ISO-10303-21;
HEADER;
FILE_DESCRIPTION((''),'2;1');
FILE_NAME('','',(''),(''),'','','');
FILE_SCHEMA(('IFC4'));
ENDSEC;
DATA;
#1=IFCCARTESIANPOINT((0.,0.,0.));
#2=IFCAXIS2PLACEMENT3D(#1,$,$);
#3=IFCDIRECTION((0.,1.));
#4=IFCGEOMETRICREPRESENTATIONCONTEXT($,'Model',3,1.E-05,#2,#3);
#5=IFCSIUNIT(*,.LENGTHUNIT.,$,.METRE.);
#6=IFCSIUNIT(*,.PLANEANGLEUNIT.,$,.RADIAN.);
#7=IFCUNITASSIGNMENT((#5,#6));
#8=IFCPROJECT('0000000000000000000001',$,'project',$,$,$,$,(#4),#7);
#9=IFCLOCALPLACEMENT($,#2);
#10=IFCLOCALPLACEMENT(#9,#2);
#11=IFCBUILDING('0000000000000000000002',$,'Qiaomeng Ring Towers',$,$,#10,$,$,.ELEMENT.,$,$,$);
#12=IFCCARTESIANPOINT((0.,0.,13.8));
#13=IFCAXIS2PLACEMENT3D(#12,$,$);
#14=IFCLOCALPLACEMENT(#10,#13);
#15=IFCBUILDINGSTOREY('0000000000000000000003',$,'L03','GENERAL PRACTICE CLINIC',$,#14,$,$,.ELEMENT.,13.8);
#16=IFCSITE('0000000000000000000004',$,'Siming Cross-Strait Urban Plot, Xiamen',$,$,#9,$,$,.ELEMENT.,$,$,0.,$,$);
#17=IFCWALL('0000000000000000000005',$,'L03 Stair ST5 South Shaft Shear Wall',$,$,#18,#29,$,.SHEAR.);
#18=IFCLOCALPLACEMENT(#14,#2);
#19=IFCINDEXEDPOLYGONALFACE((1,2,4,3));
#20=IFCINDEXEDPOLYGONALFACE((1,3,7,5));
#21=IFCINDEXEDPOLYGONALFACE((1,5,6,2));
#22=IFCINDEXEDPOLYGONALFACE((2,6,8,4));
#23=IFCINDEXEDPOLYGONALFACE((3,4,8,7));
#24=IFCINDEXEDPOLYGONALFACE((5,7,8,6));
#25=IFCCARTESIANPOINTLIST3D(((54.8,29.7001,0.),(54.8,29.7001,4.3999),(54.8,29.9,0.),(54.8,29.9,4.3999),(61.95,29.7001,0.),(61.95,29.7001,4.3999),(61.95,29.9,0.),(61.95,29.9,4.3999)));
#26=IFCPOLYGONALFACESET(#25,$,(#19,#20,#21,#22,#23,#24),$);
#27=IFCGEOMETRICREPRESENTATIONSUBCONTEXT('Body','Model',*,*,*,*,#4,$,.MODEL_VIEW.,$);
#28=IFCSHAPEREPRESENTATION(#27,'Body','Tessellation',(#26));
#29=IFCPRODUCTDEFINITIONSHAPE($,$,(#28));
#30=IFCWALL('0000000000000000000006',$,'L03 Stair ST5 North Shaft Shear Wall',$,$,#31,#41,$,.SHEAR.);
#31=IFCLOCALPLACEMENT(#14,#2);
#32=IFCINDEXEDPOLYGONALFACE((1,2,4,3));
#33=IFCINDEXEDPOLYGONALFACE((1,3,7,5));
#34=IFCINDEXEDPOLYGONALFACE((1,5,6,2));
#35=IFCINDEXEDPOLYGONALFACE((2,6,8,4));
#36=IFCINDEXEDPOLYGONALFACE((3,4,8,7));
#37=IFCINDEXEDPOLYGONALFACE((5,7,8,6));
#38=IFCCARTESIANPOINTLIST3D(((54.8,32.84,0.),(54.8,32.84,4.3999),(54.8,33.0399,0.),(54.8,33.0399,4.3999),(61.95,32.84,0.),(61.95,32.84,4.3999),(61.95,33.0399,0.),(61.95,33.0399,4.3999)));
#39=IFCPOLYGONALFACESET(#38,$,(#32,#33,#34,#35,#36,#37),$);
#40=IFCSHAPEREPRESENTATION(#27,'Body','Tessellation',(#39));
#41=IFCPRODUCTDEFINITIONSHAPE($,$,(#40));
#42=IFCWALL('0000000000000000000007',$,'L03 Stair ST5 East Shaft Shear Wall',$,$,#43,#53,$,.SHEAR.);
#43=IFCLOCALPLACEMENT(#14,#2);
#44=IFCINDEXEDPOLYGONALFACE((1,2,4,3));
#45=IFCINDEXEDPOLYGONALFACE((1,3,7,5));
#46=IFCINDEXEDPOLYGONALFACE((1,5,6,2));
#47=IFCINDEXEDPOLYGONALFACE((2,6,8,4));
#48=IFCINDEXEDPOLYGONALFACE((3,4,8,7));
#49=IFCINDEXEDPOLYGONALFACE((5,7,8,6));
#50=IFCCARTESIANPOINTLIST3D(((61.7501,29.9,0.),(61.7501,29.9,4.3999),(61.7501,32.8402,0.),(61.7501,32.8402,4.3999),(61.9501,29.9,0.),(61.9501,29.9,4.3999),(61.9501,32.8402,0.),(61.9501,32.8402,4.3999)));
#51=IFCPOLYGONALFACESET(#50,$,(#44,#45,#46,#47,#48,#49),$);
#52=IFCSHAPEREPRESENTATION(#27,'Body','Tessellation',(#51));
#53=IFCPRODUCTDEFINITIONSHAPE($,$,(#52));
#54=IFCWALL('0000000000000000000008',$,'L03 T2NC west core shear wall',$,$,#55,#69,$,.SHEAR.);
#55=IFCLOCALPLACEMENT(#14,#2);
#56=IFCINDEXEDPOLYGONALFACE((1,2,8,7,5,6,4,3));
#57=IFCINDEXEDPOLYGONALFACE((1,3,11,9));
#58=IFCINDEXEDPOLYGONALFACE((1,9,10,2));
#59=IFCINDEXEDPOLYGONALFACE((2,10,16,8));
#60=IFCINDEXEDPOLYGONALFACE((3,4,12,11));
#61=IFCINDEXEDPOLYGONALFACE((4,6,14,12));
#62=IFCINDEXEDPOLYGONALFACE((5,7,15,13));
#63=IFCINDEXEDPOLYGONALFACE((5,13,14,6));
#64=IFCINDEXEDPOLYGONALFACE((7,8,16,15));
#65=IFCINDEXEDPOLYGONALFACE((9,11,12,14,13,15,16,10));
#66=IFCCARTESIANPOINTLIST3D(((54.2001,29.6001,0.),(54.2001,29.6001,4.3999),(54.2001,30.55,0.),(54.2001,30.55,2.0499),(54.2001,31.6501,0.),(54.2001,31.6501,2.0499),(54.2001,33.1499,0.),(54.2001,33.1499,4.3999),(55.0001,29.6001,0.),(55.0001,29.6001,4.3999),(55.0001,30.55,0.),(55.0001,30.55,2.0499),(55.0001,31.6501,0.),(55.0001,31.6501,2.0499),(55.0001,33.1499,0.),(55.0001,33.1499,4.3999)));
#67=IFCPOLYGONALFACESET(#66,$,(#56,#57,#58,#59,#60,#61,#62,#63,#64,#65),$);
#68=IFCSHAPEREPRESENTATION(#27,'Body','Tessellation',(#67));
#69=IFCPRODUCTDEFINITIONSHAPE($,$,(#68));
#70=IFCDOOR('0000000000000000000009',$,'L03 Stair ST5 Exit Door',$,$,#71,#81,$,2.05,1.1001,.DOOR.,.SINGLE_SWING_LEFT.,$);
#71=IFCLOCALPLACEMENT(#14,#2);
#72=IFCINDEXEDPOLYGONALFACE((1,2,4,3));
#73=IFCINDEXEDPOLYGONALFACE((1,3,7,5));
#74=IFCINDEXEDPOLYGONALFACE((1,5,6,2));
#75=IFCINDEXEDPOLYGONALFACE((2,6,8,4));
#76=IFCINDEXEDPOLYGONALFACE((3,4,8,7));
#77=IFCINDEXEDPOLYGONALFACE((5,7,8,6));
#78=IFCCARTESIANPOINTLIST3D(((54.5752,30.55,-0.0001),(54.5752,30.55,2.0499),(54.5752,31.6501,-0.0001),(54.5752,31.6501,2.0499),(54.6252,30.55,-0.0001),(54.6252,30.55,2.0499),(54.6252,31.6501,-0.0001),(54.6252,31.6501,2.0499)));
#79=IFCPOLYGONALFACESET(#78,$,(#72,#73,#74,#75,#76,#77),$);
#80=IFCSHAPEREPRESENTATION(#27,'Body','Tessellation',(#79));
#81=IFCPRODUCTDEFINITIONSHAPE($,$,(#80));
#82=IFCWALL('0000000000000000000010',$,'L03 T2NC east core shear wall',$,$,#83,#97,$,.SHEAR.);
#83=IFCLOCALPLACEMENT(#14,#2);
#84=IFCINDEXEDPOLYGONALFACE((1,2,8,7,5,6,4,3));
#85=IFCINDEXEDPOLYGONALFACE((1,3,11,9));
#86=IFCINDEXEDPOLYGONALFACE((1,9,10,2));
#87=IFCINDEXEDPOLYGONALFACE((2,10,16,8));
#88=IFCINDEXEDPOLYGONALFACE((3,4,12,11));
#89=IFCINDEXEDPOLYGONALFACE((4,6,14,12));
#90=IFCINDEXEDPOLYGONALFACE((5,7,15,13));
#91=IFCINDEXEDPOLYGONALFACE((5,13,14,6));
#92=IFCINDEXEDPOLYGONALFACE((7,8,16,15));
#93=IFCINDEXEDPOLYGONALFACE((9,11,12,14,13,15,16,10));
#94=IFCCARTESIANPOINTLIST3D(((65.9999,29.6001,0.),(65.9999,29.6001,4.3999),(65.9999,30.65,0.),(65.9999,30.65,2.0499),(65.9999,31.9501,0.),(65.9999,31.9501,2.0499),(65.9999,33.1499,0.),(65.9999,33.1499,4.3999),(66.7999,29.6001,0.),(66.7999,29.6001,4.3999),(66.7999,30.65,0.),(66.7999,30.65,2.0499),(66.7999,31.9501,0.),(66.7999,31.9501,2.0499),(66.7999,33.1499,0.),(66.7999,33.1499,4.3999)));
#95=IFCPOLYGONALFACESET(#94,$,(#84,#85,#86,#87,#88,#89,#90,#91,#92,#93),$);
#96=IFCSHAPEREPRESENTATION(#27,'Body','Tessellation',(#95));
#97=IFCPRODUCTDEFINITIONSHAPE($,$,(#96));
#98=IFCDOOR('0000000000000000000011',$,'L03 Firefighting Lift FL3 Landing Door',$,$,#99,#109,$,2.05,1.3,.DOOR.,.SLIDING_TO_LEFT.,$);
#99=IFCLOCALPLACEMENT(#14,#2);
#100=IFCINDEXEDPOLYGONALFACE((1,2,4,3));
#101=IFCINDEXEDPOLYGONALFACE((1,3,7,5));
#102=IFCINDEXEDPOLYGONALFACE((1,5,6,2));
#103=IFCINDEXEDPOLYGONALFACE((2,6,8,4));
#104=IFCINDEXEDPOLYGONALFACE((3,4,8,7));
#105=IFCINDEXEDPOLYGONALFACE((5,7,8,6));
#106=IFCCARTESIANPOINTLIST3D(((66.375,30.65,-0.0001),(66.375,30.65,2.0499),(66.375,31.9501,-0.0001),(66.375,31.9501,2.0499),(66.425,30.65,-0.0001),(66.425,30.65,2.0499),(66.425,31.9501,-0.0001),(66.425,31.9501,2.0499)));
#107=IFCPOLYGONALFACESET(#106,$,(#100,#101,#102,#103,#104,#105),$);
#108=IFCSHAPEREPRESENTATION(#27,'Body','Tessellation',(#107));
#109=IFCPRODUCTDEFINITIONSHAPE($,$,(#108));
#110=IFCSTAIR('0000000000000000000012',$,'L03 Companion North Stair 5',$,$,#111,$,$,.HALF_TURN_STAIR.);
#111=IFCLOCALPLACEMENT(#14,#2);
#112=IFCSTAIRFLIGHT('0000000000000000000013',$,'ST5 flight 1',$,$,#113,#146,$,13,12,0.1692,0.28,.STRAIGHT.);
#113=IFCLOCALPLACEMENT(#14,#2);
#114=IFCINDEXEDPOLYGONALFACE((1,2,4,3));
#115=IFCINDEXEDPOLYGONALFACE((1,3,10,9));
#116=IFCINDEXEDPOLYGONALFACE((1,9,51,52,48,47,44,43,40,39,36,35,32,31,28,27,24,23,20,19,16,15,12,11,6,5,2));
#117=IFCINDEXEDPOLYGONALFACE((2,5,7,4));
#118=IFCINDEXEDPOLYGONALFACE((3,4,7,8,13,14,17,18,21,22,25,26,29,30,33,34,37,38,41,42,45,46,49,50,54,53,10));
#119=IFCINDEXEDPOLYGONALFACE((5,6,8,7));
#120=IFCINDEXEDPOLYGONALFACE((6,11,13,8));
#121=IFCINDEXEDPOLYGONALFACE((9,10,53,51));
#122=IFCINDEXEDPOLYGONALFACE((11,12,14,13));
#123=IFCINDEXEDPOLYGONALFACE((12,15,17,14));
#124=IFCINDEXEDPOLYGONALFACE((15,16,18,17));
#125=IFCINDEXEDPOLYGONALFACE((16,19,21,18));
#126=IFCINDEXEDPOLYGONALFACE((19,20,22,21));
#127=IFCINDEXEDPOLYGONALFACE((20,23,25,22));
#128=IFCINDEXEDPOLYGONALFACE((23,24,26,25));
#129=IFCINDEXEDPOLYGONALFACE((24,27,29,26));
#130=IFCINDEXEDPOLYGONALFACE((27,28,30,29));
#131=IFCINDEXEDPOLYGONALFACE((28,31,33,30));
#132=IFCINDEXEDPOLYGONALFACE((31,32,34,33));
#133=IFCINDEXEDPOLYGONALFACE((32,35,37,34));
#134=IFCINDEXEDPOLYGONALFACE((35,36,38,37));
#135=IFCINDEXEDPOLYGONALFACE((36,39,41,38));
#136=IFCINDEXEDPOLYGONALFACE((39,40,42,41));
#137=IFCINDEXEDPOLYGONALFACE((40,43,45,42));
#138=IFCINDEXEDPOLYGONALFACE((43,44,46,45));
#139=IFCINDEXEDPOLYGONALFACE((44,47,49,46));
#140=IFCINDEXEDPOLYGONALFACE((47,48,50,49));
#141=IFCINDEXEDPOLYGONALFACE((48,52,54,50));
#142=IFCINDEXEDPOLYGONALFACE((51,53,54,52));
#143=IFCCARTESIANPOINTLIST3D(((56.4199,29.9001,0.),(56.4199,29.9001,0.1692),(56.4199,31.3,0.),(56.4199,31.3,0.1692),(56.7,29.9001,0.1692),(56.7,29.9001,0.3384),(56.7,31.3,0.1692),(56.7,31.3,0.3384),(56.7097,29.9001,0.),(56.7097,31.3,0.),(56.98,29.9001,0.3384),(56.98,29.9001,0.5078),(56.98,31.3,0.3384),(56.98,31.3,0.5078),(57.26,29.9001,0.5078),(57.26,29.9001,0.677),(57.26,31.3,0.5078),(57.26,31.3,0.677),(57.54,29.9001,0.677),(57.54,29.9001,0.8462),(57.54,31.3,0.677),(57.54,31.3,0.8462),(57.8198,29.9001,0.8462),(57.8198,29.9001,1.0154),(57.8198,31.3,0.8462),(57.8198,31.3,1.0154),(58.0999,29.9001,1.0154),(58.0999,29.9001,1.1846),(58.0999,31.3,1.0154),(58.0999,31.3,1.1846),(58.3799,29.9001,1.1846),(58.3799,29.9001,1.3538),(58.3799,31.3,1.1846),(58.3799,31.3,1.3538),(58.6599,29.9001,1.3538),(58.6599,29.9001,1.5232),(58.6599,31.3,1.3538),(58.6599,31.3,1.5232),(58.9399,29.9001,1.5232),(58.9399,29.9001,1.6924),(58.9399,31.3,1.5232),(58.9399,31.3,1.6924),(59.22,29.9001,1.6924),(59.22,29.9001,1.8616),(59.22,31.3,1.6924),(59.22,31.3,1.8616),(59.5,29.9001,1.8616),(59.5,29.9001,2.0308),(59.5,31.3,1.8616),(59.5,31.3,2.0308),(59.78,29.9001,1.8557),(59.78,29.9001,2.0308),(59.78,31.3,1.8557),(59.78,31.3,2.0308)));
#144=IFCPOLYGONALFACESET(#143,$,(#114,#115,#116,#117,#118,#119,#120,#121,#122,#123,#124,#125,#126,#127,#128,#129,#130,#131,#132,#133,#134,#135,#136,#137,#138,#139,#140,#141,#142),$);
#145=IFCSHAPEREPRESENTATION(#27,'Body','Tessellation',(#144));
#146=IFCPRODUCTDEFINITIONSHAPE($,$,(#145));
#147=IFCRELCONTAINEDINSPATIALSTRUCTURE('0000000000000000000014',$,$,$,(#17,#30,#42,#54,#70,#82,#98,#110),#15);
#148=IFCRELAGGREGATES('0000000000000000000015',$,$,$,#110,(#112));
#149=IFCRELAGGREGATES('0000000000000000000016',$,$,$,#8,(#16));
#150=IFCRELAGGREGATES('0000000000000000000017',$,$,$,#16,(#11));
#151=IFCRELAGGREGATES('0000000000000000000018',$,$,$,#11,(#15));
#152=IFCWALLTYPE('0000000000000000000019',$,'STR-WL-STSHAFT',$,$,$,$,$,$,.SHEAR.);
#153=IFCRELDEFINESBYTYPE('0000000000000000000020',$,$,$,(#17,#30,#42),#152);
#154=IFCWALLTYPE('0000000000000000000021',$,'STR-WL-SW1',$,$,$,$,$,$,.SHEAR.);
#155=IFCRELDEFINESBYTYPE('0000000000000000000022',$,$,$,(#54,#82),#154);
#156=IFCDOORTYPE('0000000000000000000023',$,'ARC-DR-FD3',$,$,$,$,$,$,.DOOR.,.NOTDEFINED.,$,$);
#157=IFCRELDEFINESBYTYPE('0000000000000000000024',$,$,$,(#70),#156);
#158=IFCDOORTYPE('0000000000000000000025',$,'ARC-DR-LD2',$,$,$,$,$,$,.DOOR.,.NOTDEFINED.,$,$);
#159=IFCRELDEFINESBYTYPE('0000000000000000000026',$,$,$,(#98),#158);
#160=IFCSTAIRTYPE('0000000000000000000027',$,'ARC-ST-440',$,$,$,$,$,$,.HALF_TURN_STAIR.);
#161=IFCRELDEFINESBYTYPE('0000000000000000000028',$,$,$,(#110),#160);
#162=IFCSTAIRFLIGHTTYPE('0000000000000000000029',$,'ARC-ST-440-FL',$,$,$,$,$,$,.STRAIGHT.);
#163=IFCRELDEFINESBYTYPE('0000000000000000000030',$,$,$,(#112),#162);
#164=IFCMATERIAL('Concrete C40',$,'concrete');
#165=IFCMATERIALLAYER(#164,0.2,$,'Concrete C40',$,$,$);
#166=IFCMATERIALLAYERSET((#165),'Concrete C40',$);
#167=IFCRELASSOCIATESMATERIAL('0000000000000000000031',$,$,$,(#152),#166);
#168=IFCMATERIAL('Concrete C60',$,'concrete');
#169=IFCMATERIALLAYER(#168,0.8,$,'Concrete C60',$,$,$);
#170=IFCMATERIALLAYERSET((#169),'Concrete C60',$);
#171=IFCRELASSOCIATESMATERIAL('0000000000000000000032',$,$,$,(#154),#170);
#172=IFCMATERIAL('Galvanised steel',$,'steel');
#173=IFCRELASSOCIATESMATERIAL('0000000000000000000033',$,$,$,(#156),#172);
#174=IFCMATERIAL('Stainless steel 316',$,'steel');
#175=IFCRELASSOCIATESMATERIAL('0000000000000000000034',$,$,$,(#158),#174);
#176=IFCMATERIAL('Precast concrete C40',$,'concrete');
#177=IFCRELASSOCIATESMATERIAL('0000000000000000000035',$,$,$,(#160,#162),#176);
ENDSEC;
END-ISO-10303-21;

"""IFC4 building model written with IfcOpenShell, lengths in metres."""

from ifc_helpers import new_model, si_unit, direction, frame, frame_2d, origin, place, context, subcontext, project, spatial, polyline, rectangle, outline, extrude, source, transform, mapped, material, layer, layer_set, type_object, element, fill, aggregate, save


model = new_model("IFC4")

# Units and contexts
model_context = context("Model", 3, precision=1e-05, world=origin(), true_north=direction((0.0, 1.0)))
body_context = subcontext(model_context, "Body", "Model", "MODEL_VIEW")
ifc_project = project(units=[si_unit("LENGTHUNIT", "METRE"), si_unit("PLANEANGLEUNIT", "RADIAN")], contexts=[model_context])

# Site, building, storey
site_placement = place(None, origin())
site = spatial("IfcSite", under=ifc_project, at=site_placement, Name="Siming Cross-Strait Urban Plot, Xiamen", CompositionType="ELEMENT", RefElevation=0.0)
building_placement = place(site_placement, origin())
building = spatial("IfcBuilding", under=site, at=building_placement, Name="Qiaomeng Ring Towers", CompositionType="ELEMENT")
storey_placement = place(building_placement, frame((0.0, 0.0, 13.8)))
storey = spatial("IfcBuildingStorey", under=building, at=storey_placement, Name="L03", Description="GENERAL PRACTICE CLINIC", CompositionType="ELEMENT", Elevation=13.8)

# Walls
ifc_material_1 = material(Name="Concrete C40", Category="concrete")
ifc_layer_1 = layer(ifc_material_1, 0.2, Name="Concrete C40")
ifc_layer_set_1 = layer_set([ifc_layer_1], Name="Concrete C40")
wall_type_1 = type_object("IfcWallType", Name="STR-WL-STSHAFT", PredefinedType="SHEAR", material=ifc_layer_set_1)
for number, where, z_axis, x_axis, name in (
    (1, (54.8, 29.8, 0.0), (0.0, 0.0, 1.0), (1.0, 0.0, 0.0), "L03 Stair ST5 South Shaft Shear Wall"),
    (2, (54.8, 32.9399, 0.0), (0.0, 0.0, 1.0), (1.0, 0.0, 0.0), "L03 Stair ST5 North Shaft Shear Wall"),
):
    element("IfcWall", number, at=place(storey_placement, frame(where, z_axis=z_axis, x_axis=x_axis)), inside=storey, type_object=wall_type_1, Name=name, PredefinedType="SHEAR", context=body_context, shape_type="SweptSolid", body=[
        extrude(rectangle(XDim=7.1499, YDim=0.2, at=frame_2d((3.575, 0.0))), origin(), (0.0, 0.0, 1.0), 4.3999),
    ])
wall_1_placement = place(storey_placement, frame((61.8501, 29.8999, 0.0), z_axis=(0.0, 0.0, 1.0), x_axis=(0.0, 1.0, 0.0)))
element("IfcWall", 3, at=wall_1_placement, inside=storey, type_object=wall_type_1, Name="L03 Stair ST5 East Shaft Shear Wall", PredefinedType="SHEAR", context=body_context, shape_type="SweptSolid", body=[
    extrude(rectangle(XDim=2.9402, YDim=0.2, at=frame_2d((1.4702, 0.0))), origin(), (0.0, 0.0, 1.0), 4.3999),
])

# Walls, openings, doors
ifc_material_2 = material(Name="Concrete C60", Category="concrete")
ifc_layer_2 = layer(ifc_material_2, 0.8, Name="Concrete C60")
ifc_layer_set_2 = layer_set([ifc_layer_2], Name="Concrete C60")
wall_type_2 = type_object("IfcWallType", Name="STR-WL-SW1", PredefinedType="SHEAR", material=ifc_layer_set_2)
wall_2_placement = place(storey_placement, frame((54.6001, 29.6001, 0.0), z_axis=(0.0, 0.0, 1.0), x_axis=(0.0, 1.0, 0.0)))
wall_2 = element("IfcWall", 4, at=wall_2_placement, inside=storey, type_object=wall_type_2, Name="L03 T2NC west core shear wall", PredefinedType="SHEAR", context=body_context, shape_type="SweptSolid", body=[
    extrude(rectangle(XDim=3.5498, YDim=0.8, at=frame_2d((1.7749, 0.0))), origin(), (0.0, 0.0, 1.0), 4.3999),
])
opening_1_placement = place(wall_2_placement, frame((0.95, 0.0, 0.0)))
opening_1 = element("IfcOpeningElement", 5, at=opening_1_placement, cuts=wall_2, PredefinedType="OPENING", context=body_context, shape_type="SweptSolid", body=[
    extrude(rectangle(XDim=1.1001, YDim=2.05, at=frame_2d((0.55, 1.0249))), frame((0.0, 0.4099, 0.0), z_axis=(0.0, -1.0, 0.0), x_axis=(1.0, 0.0, 0.0)), (0.0, 0.0, 1.0), 0.8201),
])
ifc_material_3 = material(Name="Galvanised steel", Category="steel")
door_type_1 = type_object("IfcDoorType", Name="ARC-DR-FD3", OperationType="NOTDEFINED", PredefinedType="DOOR", material=ifc_material_3)
shared_shape_1 = source(origin(), body_context, "Body", "SweptSolid", [
    extrude(rectangle(XDim=1.1001, YDim=2.05, at=frame_2d((0.55, 1.0249))), frame((0.0, 0.0249, 0.0), z_axis=(0.0, -1.0, 0.0), x_axis=(1.0, 0.0, 0.0)), (0.0, 0.0, 1.0), 0.05),
])
door_1_placement = place(opening_1_placement, origin())
door_1 = element("IfcDoor", 6, at=door_1_placement, inside=storey, type_object=door_type_1, Name="L03 Stair ST5 Exit Door", OperationType="SINGLE_SWING_LEFT", OverallHeight=2.05, OverallWidth=1.1001, PredefinedType="DOOR", context=body_context, shape_type="MappedRepresentation", body=[
    mapped(shared_shape_1, transform((0.0, 0.0, 0.0), x_axis=(1.0, 0.0, 0.0), y_axis=(0.0, 1.0, 0.0), z_axis=(0.0, 0.0, 1.0), scale=1.0)),
])
fill(opening_1, door_1)
wall_3_placement = place(storey_placement, frame((66.3999, 29.6001, 0.0), z_axis=(0.0, 0.0, 1.0), x_axis=(0.0, 1.0, 0.0)))
wall_3 = element("IfcWall", 7, at=wall_3_placement, inside=storey, type_object=wall_type_2, Name="L03 T2NC east core shear wall", PredefinedType="SHEAR", context=body_context, shape_type="SweptSolid", body=[
    extrude(rectangle(XDim=3.5498, YDim=0.8, at=frame_2d((1.7749, 0.0))), origin(), (0.0, 0.0, 1.0), 4.3999),
])
opening_2_placement = place(wall_3_placement, frame((1.05, 0.0, 0.0)))
opening_2 = element("IfcOpeningElement", 8, at=opening_2_placement, cuts=wall_3, PredefinedType="OPENING", context=body_context, shape_type="SweptSolid", body=[
    extrude(rectangle(XDim=1.3, YDim=2.05, at=frame_2d((0.6499, 1.0249))), frame((0.0, 0.4099, 0.0), z_axis=(0.0, -1.0, 0.0), x_axis=(1.0, 0.0, 0.0)), (0.0, 0.0, 1.0), 0.8201),
])
ifc_material_4 = material(Name="Stainless steel 316", Category="steel")
door_type_2 = type_object("IfcDoorType", Name="ARC-DR-LD2", OperationType="NOTDEFINED", PredefinedType="DOOR", material=ifc_material_4)
shared_shape_2 = source(origin(), body_context, "Body", "SweptSolid", [
    extrude(rectangle(XDim=1.3, YDim=2.05, at=frame_2d((0.6499, 1.0249))), frame((0.0, 0.0249, 0.0), z_axis=(0.0, -1.0, 0.0), x_axis=(1.0, 0.0, 0.0)), (0.0, 0.0, 1.0), 0.05),
])
door_2_placement = place(opening_2_placement, origin())
door_2 = element("IfcDoor", 9, at=door_2_placement, inside=storey, type_object=door_type_2, Name="L03 Firefighting Lift FL3 Landing Door", OperationType="SLIDING_TO_LEFT", OverallHeight=2.05, OverallWidth=1.3, PredefinedType="DOOR", context=body_context, shape_type="MappedRepresentation", body=[
    mapped(shared_shape_2, transform((0.0, 0.0, 0.0), x_axis=(1.0, 0.0, 0.0), y_axis=(0.0, 1.0, 0.0), z_axis=(0.0, 0.0, 1.0), scale=1.0)),
])
fill(opening_2, door_2)

# Stair, stair flight
ifc_material_5 = material(Name="Precast concrete C40", Category="concrete")
stair_type = type_object("IfcStairType", Name="ARC-ST-440", PredefinedType="HALF_TURN_STAIR", material=ifc_material_5)
stair_placement = place(storey_placement, origin())
stair = element("IfcStair", 10, at=stair_placement, inside=storey, type_object=stair_type, Name="L03 Companion North Stair 5", PredefinedType="HALF_TURN_STAIR")
stair_flight_type = type_object("IfcStairFlightType", Name="ARC-ST-440-FL", PredefinedType="STRAIGHT", material=ifc_material_5)
shared_shape_3 = source(origin(), body_context, "Body", "SweptSolid", [
    extrude(outline(polyline([(0.0, 0.0), (0.0, 0.1692), (0.28, 0.1692), (0.28, 0.3384), (0.5601, 0.3384), (0.5601, 0.5078), (0.8401, 0.5078), (0.8401, 0.677), (1.1201, 0.677), (1.1201, 0.8462), (1.3999, 0.8462), (1.3999, 1.0154), (1.6799, 1.0154), (1.6799, 1.1846), (1.96, 1.1846), (1.96, 1.3538), (2.24, 1.3538), (2.24, 1.5232), (2.52, 1.5232), (2.52, 1.6924), (2.8, 1.6924), (2.8, 1.8616), (3.0801, 1.8616), (3.0801, 2.0308), (3.3601, 2.0308), (3.3601, 2.2), (3.3601, 1.8557), (0.2898, 0.0), (0.0, 0.0)])), frame((0.0, 0.7, 0.0), z_axis=(0.0, -1.0, 0.0), x_axis=(1.0, 0.0, 0.0)), (0.0, 0.0, 1.0), 1.3999),
])
stair_flight_1_placement = place(storey_placement, frame((56.4199, 30.6001, 0.0), z_axis=(0.0, 0.0, 1.0), x_axis=(1.0, 0.0, 0.0)))
stair_flight_1 = element("IfcStairFlight", 11, at=stair_flight_1_placement, type_object=stair_flight_type, Name="ST5 flight 1", NumberOfRisers=13, NumberOfTreads=12, PredefinedType="STRAIGHT", RiserHeight=0.1692, TreadLength=0.28, context=body_context, shape_type="MappedRepresentation", body=[
    mapped(shared_shape_3, transform((0.0, 0.0, 0.0), x_axis=(1.0, 0.0, 0.0), y_axis=(0.0, 1.0, 0.0), z_axis=(0.0, 0.0, 1.0), scale=1.0)),
])
aggregate(stair, [stair_flight_1])

save(model, "model.ifc")
